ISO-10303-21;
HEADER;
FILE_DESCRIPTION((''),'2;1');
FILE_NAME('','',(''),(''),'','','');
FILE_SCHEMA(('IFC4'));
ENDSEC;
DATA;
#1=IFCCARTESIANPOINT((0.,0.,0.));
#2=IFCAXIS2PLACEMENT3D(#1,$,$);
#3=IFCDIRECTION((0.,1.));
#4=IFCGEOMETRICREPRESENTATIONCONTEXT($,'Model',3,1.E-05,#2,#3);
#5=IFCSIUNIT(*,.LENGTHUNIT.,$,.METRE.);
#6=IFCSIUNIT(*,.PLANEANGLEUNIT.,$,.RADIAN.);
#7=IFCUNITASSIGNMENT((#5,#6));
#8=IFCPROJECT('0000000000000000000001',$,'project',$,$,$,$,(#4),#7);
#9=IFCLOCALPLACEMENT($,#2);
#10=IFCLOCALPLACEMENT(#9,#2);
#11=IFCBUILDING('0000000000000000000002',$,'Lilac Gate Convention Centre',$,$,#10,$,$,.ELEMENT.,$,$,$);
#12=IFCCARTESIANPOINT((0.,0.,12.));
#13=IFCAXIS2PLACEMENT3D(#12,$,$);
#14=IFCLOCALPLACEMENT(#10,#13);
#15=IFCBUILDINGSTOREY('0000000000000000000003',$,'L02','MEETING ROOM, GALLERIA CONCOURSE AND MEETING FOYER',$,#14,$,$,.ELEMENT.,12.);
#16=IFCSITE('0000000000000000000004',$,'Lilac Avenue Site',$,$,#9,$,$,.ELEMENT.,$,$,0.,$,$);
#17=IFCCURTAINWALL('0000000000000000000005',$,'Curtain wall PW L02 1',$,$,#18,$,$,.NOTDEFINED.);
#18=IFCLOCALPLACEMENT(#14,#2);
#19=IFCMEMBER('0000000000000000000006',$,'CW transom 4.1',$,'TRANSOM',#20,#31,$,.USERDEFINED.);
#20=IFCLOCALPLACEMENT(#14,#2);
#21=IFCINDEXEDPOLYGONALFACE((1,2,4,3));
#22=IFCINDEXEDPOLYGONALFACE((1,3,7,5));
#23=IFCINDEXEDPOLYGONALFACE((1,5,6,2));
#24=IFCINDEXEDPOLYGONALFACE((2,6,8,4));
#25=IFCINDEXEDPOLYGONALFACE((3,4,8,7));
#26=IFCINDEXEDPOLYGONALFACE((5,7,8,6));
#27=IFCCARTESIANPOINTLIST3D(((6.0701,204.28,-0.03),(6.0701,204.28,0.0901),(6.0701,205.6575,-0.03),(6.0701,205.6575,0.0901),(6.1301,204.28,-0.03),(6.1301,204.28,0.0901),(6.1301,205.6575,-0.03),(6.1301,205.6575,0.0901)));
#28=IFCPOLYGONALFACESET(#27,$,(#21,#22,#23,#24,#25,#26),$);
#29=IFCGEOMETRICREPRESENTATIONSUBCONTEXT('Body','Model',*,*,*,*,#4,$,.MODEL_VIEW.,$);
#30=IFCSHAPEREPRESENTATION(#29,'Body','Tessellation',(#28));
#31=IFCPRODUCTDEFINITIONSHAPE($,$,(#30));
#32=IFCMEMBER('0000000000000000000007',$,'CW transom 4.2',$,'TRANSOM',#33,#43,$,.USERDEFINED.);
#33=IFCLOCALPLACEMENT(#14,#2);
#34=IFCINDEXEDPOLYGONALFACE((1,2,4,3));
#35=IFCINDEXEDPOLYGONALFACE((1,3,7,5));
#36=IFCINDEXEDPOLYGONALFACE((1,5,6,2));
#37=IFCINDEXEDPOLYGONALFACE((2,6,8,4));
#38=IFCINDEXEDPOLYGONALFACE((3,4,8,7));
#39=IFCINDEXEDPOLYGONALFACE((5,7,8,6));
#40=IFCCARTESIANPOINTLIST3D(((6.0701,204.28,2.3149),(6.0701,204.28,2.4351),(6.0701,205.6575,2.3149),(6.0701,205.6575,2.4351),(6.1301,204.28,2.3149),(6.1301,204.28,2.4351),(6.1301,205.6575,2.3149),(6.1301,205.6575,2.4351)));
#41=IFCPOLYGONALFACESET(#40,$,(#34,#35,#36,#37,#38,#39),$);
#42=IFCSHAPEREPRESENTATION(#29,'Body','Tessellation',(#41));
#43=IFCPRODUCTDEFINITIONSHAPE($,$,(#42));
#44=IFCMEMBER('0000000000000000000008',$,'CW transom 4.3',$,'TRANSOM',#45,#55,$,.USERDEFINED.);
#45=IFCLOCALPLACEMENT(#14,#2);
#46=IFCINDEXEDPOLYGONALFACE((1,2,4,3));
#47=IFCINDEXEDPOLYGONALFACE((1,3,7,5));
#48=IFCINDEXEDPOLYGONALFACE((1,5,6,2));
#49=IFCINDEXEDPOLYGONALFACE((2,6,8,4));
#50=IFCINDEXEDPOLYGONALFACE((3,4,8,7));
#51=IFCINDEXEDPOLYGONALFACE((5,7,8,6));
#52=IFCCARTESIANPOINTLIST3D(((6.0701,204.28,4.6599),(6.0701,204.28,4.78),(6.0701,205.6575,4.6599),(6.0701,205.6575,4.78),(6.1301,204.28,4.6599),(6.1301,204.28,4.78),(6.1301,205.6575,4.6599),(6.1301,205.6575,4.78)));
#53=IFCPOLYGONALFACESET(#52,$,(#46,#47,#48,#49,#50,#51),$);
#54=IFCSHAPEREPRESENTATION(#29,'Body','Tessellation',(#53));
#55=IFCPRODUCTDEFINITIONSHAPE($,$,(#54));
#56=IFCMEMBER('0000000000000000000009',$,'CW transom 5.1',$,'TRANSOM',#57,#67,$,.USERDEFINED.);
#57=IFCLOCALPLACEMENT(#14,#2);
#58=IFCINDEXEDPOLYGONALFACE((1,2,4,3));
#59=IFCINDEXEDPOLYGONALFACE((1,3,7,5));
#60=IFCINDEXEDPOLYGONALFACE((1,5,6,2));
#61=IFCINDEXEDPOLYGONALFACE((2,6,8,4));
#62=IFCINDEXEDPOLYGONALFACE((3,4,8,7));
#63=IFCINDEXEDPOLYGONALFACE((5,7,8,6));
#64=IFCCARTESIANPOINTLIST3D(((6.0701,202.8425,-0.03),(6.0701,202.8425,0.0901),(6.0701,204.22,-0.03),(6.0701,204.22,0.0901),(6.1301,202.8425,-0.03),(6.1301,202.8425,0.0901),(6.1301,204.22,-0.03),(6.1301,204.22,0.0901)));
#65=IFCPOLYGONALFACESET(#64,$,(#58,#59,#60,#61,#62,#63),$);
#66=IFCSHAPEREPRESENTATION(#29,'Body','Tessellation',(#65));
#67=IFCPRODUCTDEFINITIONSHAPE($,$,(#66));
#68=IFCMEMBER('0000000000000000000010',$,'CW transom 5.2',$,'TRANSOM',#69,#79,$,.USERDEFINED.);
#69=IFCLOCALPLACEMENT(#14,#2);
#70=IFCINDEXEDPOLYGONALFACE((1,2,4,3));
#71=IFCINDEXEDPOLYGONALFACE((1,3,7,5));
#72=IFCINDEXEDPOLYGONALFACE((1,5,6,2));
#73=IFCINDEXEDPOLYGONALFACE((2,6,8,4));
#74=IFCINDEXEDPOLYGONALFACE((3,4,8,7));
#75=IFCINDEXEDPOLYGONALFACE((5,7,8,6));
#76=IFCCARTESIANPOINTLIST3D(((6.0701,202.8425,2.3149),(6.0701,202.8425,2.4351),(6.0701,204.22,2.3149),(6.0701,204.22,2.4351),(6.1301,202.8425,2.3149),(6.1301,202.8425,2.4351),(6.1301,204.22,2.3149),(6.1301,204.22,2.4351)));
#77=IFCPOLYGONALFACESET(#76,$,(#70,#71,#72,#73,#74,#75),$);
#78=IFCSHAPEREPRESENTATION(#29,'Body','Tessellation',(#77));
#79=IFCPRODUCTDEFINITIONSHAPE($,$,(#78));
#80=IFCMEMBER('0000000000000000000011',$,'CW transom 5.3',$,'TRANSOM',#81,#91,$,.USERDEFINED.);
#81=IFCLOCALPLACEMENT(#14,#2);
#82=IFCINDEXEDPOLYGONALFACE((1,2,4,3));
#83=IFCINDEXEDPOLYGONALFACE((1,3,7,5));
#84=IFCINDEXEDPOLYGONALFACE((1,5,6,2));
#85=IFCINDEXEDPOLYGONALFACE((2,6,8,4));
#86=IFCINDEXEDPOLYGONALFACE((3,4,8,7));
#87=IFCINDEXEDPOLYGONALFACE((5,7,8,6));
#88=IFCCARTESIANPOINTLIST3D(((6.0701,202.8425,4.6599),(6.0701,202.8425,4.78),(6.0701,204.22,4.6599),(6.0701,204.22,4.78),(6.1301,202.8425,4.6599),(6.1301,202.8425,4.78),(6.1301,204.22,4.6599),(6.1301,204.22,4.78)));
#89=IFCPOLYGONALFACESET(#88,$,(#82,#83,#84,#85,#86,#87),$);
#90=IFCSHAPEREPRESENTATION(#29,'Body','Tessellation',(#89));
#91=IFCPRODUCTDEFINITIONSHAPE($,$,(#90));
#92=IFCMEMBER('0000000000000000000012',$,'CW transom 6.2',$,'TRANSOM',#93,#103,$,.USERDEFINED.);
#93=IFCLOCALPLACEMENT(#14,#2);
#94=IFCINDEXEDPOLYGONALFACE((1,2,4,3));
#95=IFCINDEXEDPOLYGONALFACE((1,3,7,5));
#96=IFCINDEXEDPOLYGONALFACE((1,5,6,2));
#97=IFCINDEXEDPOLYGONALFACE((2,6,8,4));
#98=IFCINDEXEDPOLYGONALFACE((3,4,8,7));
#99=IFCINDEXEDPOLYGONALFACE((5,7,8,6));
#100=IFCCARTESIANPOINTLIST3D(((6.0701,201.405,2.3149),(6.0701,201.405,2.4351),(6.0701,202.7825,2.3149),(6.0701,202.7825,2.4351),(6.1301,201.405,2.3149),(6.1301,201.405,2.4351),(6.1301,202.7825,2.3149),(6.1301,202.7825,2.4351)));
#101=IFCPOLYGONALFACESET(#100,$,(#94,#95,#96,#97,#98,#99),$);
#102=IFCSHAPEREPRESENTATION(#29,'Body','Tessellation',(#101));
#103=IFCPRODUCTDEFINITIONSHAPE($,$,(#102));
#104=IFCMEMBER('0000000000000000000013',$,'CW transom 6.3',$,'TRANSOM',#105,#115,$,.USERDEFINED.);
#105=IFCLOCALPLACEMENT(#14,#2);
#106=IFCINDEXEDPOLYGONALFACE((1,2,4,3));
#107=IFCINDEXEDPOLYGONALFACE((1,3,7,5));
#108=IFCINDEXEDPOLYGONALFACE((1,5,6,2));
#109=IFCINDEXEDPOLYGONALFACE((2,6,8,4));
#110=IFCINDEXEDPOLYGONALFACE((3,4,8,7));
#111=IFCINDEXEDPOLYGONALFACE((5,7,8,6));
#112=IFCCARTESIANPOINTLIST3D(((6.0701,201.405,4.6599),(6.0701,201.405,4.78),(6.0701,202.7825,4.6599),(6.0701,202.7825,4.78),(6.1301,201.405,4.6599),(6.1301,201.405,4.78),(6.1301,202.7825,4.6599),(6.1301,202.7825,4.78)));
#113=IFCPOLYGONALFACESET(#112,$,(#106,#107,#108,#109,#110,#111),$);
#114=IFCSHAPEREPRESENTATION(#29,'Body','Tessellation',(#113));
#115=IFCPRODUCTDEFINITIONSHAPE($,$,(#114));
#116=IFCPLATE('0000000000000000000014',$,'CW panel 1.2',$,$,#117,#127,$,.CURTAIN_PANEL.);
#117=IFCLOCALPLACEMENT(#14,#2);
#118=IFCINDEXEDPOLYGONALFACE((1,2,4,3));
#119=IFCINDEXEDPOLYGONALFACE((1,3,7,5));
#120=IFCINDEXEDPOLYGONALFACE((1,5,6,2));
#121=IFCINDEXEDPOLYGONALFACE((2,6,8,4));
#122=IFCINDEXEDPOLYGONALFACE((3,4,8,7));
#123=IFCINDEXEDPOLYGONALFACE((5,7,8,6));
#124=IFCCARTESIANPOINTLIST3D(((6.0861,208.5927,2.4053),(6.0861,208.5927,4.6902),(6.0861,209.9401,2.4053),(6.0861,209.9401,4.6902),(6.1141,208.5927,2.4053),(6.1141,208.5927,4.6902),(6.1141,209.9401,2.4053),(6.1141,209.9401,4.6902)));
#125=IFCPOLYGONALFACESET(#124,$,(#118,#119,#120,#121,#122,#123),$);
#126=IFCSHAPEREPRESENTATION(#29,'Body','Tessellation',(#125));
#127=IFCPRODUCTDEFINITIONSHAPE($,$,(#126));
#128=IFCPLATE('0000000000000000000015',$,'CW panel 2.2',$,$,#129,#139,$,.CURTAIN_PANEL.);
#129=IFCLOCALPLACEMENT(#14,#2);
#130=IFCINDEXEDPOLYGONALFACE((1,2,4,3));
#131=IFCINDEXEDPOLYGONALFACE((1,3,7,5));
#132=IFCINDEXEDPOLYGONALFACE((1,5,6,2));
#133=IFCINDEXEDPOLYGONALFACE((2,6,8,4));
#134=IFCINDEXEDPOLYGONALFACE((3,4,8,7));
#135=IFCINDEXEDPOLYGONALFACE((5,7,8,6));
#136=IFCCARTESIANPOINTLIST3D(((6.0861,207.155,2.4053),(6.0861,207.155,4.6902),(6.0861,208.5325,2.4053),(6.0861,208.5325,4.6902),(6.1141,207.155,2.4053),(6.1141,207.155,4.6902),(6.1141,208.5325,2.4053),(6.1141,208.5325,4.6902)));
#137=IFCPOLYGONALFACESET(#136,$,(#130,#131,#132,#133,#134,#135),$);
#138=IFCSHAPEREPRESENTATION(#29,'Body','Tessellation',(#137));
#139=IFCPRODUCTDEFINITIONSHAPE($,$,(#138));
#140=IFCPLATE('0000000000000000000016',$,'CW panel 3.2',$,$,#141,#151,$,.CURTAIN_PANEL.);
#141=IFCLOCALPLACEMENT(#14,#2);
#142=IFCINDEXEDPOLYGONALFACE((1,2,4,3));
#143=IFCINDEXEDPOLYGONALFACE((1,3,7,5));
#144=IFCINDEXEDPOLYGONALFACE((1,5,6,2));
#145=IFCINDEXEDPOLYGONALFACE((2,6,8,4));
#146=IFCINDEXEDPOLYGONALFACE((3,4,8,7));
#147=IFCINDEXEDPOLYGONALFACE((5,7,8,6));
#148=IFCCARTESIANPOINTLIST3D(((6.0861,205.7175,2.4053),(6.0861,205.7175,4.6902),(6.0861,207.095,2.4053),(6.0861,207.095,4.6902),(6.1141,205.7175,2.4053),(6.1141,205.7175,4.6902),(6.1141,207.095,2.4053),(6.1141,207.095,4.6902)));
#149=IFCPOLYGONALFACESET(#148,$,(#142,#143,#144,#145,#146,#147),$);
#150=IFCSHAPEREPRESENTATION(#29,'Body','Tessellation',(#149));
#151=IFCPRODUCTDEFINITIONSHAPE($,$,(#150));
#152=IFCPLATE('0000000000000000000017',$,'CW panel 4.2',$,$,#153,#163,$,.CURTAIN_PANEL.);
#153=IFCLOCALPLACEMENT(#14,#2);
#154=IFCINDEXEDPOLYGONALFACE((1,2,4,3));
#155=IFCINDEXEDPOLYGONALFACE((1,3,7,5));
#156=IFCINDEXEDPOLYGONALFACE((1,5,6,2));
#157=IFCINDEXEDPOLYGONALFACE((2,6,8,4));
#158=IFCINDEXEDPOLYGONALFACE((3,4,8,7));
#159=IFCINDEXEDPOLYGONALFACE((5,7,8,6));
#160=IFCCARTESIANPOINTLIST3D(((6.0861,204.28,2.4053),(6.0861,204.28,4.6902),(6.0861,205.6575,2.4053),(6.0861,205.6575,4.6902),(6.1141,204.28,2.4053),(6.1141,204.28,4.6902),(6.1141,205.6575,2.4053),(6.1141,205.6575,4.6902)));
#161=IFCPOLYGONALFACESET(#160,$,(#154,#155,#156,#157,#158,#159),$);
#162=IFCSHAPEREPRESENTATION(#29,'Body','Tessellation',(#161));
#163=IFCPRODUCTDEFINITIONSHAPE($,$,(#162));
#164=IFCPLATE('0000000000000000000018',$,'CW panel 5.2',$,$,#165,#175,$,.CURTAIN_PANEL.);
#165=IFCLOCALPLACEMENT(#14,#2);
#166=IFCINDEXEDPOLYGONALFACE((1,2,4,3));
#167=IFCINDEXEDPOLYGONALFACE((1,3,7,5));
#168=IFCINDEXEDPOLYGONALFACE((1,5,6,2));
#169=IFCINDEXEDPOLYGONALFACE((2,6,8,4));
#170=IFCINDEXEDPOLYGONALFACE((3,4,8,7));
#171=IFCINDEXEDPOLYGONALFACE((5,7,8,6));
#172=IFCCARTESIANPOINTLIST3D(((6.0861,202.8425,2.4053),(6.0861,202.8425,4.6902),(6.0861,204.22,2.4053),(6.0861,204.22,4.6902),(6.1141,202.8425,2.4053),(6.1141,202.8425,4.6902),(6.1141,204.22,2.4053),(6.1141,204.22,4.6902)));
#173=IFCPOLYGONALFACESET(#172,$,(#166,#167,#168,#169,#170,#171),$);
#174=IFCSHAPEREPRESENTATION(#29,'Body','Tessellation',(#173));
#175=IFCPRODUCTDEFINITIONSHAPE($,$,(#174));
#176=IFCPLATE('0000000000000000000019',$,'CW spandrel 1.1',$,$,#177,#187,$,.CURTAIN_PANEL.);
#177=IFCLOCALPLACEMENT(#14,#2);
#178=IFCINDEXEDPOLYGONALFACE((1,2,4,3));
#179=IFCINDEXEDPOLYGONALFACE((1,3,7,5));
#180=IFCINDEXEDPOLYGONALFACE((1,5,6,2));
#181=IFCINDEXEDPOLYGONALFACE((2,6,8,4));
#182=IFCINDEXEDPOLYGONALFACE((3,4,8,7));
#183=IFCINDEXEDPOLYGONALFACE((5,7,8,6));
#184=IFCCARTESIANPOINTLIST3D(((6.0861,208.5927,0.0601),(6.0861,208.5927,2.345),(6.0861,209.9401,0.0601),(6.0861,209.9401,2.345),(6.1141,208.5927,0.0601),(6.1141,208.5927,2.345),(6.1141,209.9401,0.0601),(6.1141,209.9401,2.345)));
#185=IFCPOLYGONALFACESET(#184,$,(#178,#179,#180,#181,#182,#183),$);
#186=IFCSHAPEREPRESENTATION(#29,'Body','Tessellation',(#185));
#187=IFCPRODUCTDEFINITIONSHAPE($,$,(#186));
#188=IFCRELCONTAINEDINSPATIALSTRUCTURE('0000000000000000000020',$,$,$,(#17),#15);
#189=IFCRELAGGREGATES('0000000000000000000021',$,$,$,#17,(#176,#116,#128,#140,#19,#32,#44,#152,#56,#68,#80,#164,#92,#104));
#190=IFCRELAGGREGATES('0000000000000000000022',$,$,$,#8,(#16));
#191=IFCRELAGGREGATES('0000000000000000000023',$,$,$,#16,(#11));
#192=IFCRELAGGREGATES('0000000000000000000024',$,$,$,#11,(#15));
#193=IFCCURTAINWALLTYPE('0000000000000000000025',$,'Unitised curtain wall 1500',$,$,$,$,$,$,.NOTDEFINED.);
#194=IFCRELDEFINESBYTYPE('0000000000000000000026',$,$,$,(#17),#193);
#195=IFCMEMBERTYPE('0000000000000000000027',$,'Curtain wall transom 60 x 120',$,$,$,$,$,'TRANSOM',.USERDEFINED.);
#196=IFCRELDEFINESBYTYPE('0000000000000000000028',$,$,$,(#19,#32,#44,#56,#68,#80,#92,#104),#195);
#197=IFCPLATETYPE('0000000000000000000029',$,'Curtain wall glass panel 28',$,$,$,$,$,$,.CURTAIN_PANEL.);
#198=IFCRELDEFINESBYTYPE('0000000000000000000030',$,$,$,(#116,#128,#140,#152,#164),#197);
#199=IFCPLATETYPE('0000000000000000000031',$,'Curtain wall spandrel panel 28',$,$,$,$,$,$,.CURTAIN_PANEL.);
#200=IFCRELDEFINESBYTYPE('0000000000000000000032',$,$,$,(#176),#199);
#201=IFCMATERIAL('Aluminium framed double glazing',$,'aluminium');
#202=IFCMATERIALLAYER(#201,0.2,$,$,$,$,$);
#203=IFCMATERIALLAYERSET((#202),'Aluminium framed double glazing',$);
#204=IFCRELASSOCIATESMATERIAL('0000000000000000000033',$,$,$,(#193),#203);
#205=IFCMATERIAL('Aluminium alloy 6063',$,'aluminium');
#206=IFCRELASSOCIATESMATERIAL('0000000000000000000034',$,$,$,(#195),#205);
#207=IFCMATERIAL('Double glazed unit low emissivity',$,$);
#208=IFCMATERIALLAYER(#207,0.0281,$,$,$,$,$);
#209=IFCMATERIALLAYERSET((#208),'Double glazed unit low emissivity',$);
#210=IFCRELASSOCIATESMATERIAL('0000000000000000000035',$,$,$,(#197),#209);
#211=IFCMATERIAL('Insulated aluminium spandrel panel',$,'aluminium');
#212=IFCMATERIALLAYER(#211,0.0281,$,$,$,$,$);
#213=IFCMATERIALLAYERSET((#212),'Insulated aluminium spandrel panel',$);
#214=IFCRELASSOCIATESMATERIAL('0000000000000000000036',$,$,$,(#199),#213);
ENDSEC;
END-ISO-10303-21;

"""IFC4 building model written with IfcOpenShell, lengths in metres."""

from ifc_helpers import new_model, si_unit, direction, frame, origin, origin_2d, place, context, subcontext, project, spatial, rectangle, extrude, material, layer, layer_set, material_profile, profile_set, type_object, element, aggregate, save


model = new_model("IFC4")

# Units and contexts
model_context = context("Model", 3, precision=1e-05, world=origin(), true_north=direction((0.0, 1.0)))
body_context = subcontext(model_context, "Body", "Model", "MODEL_VIEW")
ifc_project = project(units=[si_unit("LENGTHUNIT", "METRE"), si_unit("PLANEANGLEUNIT", "RADIAN")], contexts=[model_context])

# Site, building, storey
site_placement = place(None, origin())
site = spatial("IfcSite", under=ifc_project, at=site_placement, Name="Lilac Avenue Site", CompositionType="ELEMENT", RefElevation=0.0)
building_placement = place(site_placement, origin())
building = spatial("IfcBuilding", under=site, at=building_placement, Name="Lilac Gate Convention Centre", CompositionType="ELEMENT")
storey_placement = place(building_placement, frame((0.0, 0.0, 12.0)))
storey = spatial("IfcBuildingStorey", under=building, at=storey_placement, Name="L02", Description="MEETING ROOM, GALLERIA CONCOURSE AND MEETING FOYER", CompositionType="ELEMENT", Elevation=12.0)

# Curtain wall, members, plates
ifc_material_1 = material(Name="Aluminium framed double glazing", Category="aluminium")
ifc_layer_1 = layer(ifc_material_1, 0.2)
ifc_layer_set_1 = layer_set([ifc_layer_1], Name="Aluminium framed double glazing")
curtain_wall_type = type_object("IfcCurtainWallType", Name="Unitised curtain wall 1500", PredefinedType="NOTDEFINED", material=ifc_layer_set_1)
curtain_wall_placement = place(storey_placement, origin())
curtain_wall = element("IfcCurtainWall", 1, at=curtain_wall_placement, inside=storey, type_object=curtain_wall_type, Name="Curtain wall PW L02 1", PredefinedType="NOTDEFINED")
ifc_material_2 = material(Name="Aluminium alloy 6063", Category="aluminium")
ifc_material_profile_1 = material_profile(ifc_material_2, rectangle(XDim=0.0601, YDim=0.1201, at=origin_2d()), Name="Curtain wall transom 60 x 120")
ifc_profile_set_1 = profile_set([ifc_material_profile_1], Name="Aluminium alloy 6063")
member_type_1 = type_object("IfcMemberType", Name="Curtain wall transom 60 x 120", ElementType="TRANSOM", PredefinedType="USERDEFINED", material=ifc_profile_set_1)
member_1_placement = place(storey_placement, frame((6.1001, 205.6575, 0.03), z_axis=(0.0, -1.0, 0.0), x_axis=(1.0, 0.0, 0.0)))
member_1 = element("IfcMember", 2, at=member_1_placement, type_object=member_type_1, Name="CW transom 4.1", ObjectType="TRANSOM", PredefinedType="USERDEFINED", context=body_context, shape_type="SweptSolid", body=[
    extrude(rectangle(XDim=0.0601, YDim=0.1201, at=origin_2d()), origin(), (0.0, 0.0, 1.0), 1.3774),
])
member_2_placement = place(storey_placement, frame((6.1001, 205.6575, 2.375), z_axis=(0.0, -1.0, 0.0), x_axis=(1.0, 0.0, 0.0)))
member_2 = element("IfcMember", 3, at=member_2_placement, type_object=member_type_1, Name="CW transom 4.2", ObjectType="TRANSOM", PredefinedType="USERDEFINED", context=body_context, shape_type="SweptSolid", body=[
    extrude(rectangle(XDim=0.0601, YDim=0.1201, at=origin_2d()), origin(), (0.0, 0.0, 1.0), 1.3774),
])
member_3_placement = place(storey_placement, frame((6.1001, 205.6575, 4.72), z_axis=(0.0, -1.0, 0.0), x_axis=(1.0, 0.0, 0.0)))
member_3 = element("IfcMember", 4, at=member_3_placement, type_object=member_type_1, Name="CW transom 4.3", ObjectType="TRANSOM", PredefinedType="USERDEFINED", context=body_context, shape_type="SweptSolid", body=[
    extrude(rectangle(XDim=0.0601, YDim=0.1201, at=origin_2d()), origin(), (0.0, 0.0, 1.0), 1.3774),
])
member_4_placement = place(storey_placement, frame((6.1001, 204.22, 0.03), z_axis=(0.0, -1.0, 0.0), x_axis=(1.0, 0.0, 0.0)))
member_4 = element("IfcMember", 5, at=member_4_placement, type_object=member_type_1, Name="CW transom 5.1", ObjectType="TRANSOM", PredefinedType="USERDEFINED", context=body_context, shape_type="SweptSolid", body=[
    extrude(rectangle(XDim=0.0601, YDim=0.1201, at=origin_2d()), origin(), (0.0, 0.0, 1.0), 1.3774),
])
member_5_placement = place(storey_placement, frame((6.1001, 204.22, 2.375), z_axis=(0.0, -1.0, 0.0), x_axis=(1.0, 0.0, 0.0)))
member_5 = element("IfcMember", 6, at=member_5_placement, type_object=member_type_1, Name="CW transom 5.2", ObjectType="TRANSOM", PredefinedType="USERDEFINED", context=body_context, shape_type="SweptSolid", body=[
    extrude(rectangle(XDim=0.0601, YDim=0.1201, at=origin_2d()), origin(), (0.0, 0.0, 1.0), 1.3774),
])
member_6_placement = place(storey_placement, frame((6.1001, 204.22, 4.72), z_axis=(0.0, -1.0, 0.0), x_axis=(1.0, 0.0, 0.0)))
member_6 = element("IfcMember", 7, at=member_6_placement, type_object=member_type_1, Name="CW transom 5.3", ObjectType="TRANSOM", PredefinedType="USERDEFINED", context=body_context, shape_type="SweptSolid", body=[
    extrude(rectangle(XDim=0.0601, YDim=0.1201, at=origin_2d()), origin(), (0.0, 0.0, 1.0), 1.3774),
])
member_7_placement = place(storey_placement, frame((6.1001, 202.7825, 2.375), z_axis=(0.0, -1.0, 0.0), x_axis=(1.0, 0.0, 0.0)))
member_7 = element("IfcMember", 8, at=member_7_placement, type_object=member_type_1, Name="CW transom 6.2", ObjectType="TRANSOM", PredefinedType="USERDEFINED", context=body_context, shape_type="SweptSolid", body=[
    extrude(rectangle(XDim=0.0601, YDim=0.1201, at=origin_2d()), origin(), (0.0, 0.0, 1.0), 1.3774),
])
member_8_placement = place(storey_placement, frame((6.1001, 202.7825, 4.72), z_axis=(0.0, -1.0, 0.0), x_axis=(1.0, 0.0, 0.0)))
member_8 = element("IfcMember", 9, at=member_8_placement, type_object=member_type_1, Name="CW transom 6.3", ObjectType="TRANSOM", PredefinedType="USERDEFINED", context=body_context, shape_type="SweptSolid", body=[
    extrude(rectangle(XDim=0.0601, YDim=0.1201, at=origin_2d()), origin(), (0.0, 0.0, 1.0), 1.3774),
])
ifc_material_3 = material(Name="Double glazed unit low emissivity")
ifc_layer_2 = layer(ifc_material_3, 0.0281)
ifc_layer_set_2 = layer_set([ifc_layer_2], Name="Double glazed unit low emissivity")
plate_type_1 = type_object("IfcPlateType", Name="Curtain wall glass panel 28", PredefinedType="CURTAIN_PANEL", material=ifc_layer_set_2)
plate_1_placement = place(storey_placement, frame((6.1001, 209.2664, 2.4053), z_axis=(0.0, 0.0, 1.0), x_axis=(0.0, -1.0, 0.0)))
plate_1 = element("IfcPlate", 10, at=plate_1_placement, type_object=plate_type_1, Name="CW panel 1.2", PredefinedType="CURTAIN_PANEL", context=body_context, shape_type="SweptSolid", body=[
    extrude(rectangle(XDim=1.3474, YDim=0.0281, at=origin_2d()), origin(), (0.0, 0.0, 1.0), 2.2849),
])
plate_2_placement = place(storey_placement, frame((6.1001, 207.8438, 2.4053), z_axis=(0.0, 0.0, 1.0), x_axis=(0.0, -1.0, 0.0)))
plate_2 = element("IfcPlate", 11, at=plate_2_placement, type_object=plate_type_1, Name="CW panel 2.2", PredefinedType="CURTAIN_PANEL", context=body_context, shape_type="SweptSolid", body=[
    extrude(rectangle(XDim=1.3774, YDim=0.0281, at=origin_2d()), origin(), (0.0, 0.0, 1.0), 2.2849),
])
plate_3_placement = place(storey_placement, frame((6.1001, 206.4062, 2.4053), z_axis=(0.0, 0.0, 1.0), x_axis=(0.0, -1.0, 0.0)))
plate_3 = element("IfcPlate", 12, at=plate_3_placement, type_object=plate_type_1, Name="CW panel 3.2", PredefinedType="CURTAIN_PANEL", context=body_context, shape_type="SweptSolid", body=[
    extrude(rectangle(XDim=1.3774, YDim=0.0281, at=origin_2d()), origin(), (0.0, 0.0, 1.0), 2.2849),
])
plate_4_placement = place(storey_placement, frame((6.1001, 204.9688, 2.4053), z_axis=(0.0, 0.0, 1.0), x_axis=(0.0, -1.0, 0.0)))
plate_4 = element("IfcPlate", 13, at=plate_4_placement, type_object=plate_type_1, Name="CW panel 4.2", PredefinedType="CURTAIN_PANEL", context=body_context, shape_type="SweptSolid", body=[
    extrude(rectangle(XDim=1.3774, YDim=0.0281, at=origin_2d()), origin(), (0.0, 0.0, 1.0), 2.2849),
])
plate_5_placement = place(storey_placement, frame((6.1001, 203.5312, 2.4053), z_axis=(0.0, 0.0, 1.0), x_axis=(0.0, -1.0, 0.0)))
plate_5 = element("IfcPlate", 14, at=plate_5_placement, type_object=plate_type_1, Name="CW panel 5.2", PredefinedType="CURTAIN_PANEL", context=body_context, shape_type="SweptSolid", body=[
    extrude(rectangle(XDim=1.3774, YDim=0.0281, at=origin_2d()), origin(), (0.0, 0.0, 1.0), 2.2849),
])
ifc_material_4 = material(Name="Insulated aluminium spandrel panel", Category="aluminium")
ifc_layer_3 = layer(ifc_material_4, 0.0281)
ifc_layer_set_3 = layer_set([ifc_layer_3], Name="Insulated aluminium spandrel panel")
plate_type_2 = type_object("IfcPlateType", Name="Curtain wall spandrel panel 28", PredefinedType="CURTAIN_PANEL", material=ifc_layer_set_3)
plate_6_placement = place(storey_placement, frame((6.1001, 209.2664, 0.0601), z_axis=(0.0, 0.0, 1.0), x_axis=(0.0, -1.0, 0.0)))
plate_6 = element("IfcPlate", 15, at=plate_6_placement, type_object=plate_type_2, Name="CW spandrel 1.1", PredefinedType="CURTAIN_PANEL", context=body_context, shape_type="SweptSolid", body=[
    extrude(rectangle(XDim=1.3474, YDim=0.0281, at=origin_2d()), origin(), (0.0, 0.0, 1.0), 2.2849),
])
aggregate(curtain_wall, [plate_6, plate_1, plate_2, plate_3, member_1, member_2, member_3, plate_4, member_4, member_5, member_6, plate_5, member_7, member_8])

save(model, "model.ifc")
